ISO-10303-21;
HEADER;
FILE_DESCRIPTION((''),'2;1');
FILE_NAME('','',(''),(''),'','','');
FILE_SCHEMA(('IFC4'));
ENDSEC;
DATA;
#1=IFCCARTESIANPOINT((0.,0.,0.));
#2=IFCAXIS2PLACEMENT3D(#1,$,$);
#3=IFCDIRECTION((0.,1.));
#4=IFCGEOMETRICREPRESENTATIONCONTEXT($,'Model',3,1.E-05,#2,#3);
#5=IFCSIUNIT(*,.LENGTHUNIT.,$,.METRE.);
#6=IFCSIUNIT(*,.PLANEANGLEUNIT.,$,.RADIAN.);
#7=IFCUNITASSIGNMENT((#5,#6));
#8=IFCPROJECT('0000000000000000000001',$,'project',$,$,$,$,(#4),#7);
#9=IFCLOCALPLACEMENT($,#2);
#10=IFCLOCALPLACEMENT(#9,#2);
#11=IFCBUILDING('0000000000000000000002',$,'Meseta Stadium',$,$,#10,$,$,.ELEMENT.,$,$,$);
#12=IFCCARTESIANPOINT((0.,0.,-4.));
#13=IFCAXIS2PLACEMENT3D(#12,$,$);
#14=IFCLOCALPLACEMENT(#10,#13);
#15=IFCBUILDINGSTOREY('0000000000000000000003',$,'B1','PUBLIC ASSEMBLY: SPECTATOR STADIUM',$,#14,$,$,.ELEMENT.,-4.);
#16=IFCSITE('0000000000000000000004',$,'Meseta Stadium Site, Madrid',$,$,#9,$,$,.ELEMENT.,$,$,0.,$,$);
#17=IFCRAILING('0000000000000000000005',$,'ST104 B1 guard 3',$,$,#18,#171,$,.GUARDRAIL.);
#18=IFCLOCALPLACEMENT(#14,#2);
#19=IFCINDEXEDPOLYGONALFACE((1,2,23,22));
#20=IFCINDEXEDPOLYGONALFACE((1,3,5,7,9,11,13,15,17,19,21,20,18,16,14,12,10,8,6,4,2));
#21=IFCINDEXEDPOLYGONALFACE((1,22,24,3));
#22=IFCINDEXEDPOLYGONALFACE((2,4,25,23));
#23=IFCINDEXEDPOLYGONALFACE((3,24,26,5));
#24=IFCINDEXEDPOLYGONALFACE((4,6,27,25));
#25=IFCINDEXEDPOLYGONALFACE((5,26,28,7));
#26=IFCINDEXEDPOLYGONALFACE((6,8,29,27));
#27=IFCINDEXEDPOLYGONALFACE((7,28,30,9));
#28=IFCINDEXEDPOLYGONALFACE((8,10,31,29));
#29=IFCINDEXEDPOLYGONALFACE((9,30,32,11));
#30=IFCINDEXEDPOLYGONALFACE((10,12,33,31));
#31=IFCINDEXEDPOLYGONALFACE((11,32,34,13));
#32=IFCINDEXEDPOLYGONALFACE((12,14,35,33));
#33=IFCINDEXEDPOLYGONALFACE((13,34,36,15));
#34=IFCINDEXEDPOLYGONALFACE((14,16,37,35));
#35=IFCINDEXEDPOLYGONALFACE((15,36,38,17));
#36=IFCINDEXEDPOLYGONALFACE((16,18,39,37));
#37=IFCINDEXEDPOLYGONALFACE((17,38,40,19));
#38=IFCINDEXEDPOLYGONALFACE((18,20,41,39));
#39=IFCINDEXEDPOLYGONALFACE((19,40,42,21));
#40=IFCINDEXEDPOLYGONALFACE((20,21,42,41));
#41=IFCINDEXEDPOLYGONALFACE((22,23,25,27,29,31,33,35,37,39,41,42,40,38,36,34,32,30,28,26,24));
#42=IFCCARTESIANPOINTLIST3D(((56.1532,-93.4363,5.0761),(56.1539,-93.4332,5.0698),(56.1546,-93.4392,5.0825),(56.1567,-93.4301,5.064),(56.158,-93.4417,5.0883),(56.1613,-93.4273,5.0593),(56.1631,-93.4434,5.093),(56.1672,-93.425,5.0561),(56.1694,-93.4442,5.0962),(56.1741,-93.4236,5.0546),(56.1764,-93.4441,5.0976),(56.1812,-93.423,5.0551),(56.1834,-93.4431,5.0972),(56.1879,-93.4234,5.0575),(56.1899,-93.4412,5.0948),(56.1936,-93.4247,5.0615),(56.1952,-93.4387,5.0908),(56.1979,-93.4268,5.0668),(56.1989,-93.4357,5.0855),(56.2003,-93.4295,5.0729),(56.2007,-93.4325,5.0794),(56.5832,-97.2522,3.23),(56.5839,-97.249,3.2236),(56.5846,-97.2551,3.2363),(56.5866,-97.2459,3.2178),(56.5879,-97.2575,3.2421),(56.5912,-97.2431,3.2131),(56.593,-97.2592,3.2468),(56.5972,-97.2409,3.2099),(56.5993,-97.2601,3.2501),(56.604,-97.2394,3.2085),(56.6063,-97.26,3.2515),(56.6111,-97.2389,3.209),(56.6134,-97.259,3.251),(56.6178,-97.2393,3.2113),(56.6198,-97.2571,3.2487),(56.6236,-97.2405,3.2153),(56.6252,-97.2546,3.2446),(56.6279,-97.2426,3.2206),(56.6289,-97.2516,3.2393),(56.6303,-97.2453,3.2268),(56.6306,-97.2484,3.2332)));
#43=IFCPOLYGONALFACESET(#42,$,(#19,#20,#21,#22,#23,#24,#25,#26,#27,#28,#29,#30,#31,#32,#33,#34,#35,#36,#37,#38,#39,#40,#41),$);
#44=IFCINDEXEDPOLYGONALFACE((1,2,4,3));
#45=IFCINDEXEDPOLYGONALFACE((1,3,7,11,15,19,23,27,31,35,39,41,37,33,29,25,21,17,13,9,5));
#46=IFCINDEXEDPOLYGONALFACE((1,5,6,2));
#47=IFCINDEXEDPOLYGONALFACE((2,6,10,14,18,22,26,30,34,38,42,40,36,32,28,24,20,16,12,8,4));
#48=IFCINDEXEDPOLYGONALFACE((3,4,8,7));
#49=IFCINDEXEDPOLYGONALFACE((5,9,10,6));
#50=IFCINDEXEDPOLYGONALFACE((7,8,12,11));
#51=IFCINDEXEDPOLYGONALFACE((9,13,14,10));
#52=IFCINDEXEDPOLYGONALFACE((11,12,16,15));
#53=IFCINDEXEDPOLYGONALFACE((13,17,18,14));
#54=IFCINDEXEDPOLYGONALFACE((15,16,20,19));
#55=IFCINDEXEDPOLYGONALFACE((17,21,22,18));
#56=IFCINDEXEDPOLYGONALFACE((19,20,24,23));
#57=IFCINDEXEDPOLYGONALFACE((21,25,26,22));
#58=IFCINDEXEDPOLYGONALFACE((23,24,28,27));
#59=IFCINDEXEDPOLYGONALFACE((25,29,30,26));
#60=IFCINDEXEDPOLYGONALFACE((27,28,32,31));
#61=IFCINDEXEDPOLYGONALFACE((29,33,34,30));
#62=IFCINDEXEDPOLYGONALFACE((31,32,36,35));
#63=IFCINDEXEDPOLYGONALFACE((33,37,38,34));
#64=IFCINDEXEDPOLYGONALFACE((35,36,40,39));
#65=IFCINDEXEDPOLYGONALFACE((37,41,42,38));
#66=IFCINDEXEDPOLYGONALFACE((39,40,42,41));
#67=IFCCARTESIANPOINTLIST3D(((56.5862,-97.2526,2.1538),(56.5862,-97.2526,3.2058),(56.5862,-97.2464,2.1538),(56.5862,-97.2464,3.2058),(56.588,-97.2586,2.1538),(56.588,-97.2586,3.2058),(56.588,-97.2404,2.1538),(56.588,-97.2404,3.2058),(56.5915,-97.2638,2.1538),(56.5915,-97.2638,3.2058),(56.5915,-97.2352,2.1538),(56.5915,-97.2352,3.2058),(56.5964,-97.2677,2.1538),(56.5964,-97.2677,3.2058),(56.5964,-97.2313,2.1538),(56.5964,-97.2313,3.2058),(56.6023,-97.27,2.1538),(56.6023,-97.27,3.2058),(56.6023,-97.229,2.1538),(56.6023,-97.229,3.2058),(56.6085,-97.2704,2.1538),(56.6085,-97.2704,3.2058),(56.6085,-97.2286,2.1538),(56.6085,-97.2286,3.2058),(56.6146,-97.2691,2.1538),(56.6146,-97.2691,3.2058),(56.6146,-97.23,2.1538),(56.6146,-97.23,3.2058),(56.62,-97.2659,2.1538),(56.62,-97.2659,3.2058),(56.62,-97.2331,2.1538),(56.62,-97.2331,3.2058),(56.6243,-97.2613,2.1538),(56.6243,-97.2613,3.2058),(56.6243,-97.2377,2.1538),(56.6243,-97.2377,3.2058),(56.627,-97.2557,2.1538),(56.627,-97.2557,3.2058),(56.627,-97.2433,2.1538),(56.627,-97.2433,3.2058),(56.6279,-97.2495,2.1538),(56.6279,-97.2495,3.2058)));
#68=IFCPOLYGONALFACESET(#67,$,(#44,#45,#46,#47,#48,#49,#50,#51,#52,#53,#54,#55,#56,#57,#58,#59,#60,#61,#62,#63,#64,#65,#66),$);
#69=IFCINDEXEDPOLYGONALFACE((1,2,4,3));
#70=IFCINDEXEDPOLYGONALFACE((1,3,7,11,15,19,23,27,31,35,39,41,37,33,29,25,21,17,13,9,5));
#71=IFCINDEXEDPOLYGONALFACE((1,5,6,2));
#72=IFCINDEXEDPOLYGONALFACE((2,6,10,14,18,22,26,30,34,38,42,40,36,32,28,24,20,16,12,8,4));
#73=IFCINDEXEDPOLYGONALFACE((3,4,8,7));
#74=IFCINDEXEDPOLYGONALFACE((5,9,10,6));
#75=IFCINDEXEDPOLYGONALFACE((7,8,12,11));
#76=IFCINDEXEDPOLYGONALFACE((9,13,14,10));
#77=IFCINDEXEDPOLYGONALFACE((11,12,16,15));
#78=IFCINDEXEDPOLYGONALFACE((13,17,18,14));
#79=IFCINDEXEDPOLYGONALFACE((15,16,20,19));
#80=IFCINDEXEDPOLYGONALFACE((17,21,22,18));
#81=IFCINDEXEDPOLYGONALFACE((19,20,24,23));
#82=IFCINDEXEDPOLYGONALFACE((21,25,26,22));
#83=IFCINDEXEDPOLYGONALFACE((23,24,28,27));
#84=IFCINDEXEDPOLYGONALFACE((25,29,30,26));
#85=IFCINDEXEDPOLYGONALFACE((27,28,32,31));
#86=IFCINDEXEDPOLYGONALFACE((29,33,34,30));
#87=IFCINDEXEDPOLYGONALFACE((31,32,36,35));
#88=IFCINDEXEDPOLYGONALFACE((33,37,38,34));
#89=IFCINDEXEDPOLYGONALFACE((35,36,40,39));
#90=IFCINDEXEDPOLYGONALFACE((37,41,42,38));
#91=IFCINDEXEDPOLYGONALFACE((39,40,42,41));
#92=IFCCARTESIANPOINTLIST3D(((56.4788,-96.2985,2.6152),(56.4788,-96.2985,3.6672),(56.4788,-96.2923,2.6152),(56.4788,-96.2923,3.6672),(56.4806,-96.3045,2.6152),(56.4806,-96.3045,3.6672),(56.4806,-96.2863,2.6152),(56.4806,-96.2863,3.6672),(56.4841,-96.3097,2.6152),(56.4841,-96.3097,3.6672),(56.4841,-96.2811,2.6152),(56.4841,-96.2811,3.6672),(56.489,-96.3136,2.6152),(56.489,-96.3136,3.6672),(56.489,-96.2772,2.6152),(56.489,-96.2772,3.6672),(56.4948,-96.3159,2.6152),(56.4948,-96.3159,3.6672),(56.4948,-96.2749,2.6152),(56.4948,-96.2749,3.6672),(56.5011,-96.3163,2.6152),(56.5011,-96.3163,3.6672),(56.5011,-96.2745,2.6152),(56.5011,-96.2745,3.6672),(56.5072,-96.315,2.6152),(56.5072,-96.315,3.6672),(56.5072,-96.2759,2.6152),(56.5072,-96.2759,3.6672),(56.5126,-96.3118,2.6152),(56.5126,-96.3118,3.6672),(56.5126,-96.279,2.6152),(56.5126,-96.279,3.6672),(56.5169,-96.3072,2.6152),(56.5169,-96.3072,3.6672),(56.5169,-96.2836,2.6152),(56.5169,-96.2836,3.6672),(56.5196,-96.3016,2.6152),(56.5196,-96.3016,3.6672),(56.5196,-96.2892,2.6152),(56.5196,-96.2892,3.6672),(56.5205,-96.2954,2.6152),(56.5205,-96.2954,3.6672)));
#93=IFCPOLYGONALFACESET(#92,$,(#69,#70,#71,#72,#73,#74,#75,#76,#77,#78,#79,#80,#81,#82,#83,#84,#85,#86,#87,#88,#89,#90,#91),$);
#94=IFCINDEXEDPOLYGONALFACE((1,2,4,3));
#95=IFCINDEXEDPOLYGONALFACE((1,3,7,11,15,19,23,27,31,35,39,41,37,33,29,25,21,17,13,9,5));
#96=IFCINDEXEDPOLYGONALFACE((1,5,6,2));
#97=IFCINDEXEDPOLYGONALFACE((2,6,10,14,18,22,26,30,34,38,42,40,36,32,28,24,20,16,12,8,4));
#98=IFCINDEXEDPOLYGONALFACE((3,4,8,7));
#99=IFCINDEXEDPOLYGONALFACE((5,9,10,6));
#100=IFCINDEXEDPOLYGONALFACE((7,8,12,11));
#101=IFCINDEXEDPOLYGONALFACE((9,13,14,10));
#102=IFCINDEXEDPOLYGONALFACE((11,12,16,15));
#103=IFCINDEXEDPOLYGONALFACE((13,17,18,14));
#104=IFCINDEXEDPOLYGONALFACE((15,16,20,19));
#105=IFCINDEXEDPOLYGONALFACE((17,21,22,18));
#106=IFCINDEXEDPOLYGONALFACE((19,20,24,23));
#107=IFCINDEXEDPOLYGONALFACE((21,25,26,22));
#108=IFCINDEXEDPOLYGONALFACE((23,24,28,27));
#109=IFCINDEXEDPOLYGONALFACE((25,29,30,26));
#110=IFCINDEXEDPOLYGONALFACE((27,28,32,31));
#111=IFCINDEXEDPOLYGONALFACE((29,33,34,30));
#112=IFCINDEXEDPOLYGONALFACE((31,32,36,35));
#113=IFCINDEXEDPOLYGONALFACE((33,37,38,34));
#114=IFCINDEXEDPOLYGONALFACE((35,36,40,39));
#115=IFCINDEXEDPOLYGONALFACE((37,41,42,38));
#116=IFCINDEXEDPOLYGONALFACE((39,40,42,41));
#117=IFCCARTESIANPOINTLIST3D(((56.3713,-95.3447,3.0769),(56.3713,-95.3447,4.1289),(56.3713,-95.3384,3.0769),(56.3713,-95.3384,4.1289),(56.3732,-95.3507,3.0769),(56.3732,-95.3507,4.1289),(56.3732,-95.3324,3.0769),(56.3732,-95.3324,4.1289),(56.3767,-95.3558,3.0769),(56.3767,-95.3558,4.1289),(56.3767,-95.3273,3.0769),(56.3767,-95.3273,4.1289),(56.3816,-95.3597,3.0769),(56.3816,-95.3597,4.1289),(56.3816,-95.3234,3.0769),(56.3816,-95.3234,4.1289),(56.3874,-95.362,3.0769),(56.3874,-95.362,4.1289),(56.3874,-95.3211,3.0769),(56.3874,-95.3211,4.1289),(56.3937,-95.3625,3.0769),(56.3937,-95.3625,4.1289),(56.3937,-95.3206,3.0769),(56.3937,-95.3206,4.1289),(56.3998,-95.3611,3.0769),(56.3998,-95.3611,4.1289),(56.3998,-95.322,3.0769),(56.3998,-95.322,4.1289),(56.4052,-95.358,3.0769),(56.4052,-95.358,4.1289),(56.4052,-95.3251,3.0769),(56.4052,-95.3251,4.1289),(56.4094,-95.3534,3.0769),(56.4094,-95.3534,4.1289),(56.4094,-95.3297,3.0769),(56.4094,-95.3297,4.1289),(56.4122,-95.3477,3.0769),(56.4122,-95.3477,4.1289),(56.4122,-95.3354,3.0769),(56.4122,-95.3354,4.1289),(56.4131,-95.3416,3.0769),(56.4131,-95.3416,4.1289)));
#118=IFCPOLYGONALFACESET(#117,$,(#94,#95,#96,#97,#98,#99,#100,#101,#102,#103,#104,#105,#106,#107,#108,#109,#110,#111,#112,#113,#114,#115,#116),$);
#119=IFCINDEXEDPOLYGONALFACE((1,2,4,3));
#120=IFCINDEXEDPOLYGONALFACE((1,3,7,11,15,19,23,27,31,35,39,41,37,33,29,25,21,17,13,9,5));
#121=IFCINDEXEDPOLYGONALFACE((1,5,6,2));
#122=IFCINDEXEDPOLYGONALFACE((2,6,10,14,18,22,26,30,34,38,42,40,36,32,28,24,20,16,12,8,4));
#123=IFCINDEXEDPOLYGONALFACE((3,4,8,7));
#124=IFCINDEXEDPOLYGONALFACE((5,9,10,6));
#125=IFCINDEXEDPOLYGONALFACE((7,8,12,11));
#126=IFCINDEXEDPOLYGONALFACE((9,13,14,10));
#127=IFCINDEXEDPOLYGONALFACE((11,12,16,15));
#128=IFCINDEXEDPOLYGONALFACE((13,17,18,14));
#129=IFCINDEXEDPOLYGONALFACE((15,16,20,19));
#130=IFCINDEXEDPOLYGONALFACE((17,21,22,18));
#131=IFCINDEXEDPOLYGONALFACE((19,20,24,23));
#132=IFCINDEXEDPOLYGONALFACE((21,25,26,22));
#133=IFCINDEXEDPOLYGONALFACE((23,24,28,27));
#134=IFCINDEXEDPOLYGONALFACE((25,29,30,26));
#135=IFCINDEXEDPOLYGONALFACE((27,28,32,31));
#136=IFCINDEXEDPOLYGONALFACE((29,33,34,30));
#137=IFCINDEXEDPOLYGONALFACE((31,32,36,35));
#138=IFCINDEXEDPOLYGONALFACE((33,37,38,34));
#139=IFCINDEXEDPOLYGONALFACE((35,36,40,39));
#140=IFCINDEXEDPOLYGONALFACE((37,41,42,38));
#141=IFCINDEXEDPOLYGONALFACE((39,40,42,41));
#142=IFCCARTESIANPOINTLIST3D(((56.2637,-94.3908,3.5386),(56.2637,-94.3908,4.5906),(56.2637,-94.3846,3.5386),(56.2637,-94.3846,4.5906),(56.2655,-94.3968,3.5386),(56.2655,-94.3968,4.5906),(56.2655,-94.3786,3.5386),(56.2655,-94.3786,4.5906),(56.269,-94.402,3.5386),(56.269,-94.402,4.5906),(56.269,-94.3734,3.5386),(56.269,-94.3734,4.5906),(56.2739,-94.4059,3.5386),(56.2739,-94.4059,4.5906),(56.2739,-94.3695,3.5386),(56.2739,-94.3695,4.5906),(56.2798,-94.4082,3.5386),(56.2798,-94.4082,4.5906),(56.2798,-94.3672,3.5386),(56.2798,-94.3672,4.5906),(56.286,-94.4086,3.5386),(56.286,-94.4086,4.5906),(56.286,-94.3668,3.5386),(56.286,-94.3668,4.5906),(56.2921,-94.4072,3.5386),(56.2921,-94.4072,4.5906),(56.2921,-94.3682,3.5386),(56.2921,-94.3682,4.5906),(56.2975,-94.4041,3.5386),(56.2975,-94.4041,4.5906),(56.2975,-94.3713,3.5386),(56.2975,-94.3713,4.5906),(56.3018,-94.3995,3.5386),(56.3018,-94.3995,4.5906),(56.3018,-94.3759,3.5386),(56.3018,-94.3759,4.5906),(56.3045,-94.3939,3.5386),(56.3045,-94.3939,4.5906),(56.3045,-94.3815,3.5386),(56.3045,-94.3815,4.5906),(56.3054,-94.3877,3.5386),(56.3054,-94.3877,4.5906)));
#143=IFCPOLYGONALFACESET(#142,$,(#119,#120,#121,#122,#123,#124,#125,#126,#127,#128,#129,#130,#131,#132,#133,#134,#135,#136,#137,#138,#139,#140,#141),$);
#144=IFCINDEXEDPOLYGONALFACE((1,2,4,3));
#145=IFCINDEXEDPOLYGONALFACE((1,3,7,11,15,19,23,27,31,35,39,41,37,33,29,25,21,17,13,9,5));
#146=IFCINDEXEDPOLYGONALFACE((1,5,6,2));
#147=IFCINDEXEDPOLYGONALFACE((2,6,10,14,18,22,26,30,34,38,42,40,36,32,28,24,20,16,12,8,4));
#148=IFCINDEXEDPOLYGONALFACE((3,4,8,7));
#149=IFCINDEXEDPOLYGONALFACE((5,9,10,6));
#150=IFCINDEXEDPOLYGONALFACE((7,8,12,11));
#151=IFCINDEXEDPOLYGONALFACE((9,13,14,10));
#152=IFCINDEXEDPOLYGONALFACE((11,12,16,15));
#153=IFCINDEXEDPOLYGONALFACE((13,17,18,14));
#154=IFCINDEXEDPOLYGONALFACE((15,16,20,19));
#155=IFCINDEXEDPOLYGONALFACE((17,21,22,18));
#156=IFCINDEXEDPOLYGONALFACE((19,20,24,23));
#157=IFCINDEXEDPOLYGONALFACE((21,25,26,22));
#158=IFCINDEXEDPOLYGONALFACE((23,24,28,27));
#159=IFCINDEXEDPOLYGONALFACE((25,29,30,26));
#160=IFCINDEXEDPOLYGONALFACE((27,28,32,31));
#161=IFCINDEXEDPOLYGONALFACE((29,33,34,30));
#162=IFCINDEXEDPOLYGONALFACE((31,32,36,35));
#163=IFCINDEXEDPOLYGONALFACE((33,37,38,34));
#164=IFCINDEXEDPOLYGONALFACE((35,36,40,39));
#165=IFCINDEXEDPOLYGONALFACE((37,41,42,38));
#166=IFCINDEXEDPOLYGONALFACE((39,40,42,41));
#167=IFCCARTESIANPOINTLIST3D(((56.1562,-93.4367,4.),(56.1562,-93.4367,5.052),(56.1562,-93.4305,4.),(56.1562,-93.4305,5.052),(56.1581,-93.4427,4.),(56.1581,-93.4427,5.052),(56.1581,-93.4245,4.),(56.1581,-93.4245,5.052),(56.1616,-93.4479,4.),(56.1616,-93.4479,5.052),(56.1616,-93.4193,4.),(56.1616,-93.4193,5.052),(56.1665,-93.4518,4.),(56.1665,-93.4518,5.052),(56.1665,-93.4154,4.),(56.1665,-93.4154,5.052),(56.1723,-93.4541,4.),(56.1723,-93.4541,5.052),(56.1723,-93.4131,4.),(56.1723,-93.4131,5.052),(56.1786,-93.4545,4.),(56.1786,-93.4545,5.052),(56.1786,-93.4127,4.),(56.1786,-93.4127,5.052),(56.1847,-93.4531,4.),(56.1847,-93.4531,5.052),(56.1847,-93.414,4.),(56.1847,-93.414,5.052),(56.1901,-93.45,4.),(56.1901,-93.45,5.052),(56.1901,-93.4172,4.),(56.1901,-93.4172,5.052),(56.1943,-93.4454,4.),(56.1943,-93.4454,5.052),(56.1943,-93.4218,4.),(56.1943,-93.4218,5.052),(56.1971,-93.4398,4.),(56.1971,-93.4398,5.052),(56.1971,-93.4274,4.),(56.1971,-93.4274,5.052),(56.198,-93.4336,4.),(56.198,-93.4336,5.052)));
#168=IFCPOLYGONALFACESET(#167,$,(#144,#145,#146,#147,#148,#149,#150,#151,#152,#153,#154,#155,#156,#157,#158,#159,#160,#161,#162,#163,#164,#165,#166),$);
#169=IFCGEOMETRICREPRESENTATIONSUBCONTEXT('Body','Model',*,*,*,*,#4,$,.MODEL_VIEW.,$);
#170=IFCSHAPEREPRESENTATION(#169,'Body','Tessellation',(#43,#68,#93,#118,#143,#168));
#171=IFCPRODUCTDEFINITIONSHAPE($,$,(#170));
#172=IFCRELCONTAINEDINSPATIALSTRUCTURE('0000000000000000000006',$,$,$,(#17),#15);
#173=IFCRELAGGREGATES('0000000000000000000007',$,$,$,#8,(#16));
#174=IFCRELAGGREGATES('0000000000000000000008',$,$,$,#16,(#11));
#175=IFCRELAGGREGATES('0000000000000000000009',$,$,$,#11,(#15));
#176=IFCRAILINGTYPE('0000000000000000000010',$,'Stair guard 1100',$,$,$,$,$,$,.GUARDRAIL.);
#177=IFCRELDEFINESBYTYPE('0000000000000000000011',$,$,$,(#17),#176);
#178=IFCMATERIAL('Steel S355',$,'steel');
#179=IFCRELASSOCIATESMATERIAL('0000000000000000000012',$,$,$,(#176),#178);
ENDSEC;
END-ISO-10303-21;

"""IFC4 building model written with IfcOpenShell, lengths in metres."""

from ifc_helpers import new_model, si_unit, direction, frame, origin, origin_2d, place, context, subcontext, project, spatial, circle, extrude, material, type_object, element, save


model = new_model("IFC4")

# Units and contexts
model_context = context("Model", 3, precision=1e-05, world=origin(), true_north=direction((0.0, 1.0)))
body_context = subcontext(model_context, "Body", "Model", "MODEL_VIEW")
ifc_project = project(units=[si_unit("LENGTHUNIT", "METRE"), si_unit("PLANEANGLEUNIT", "RADIAN")], contexts=[model_context])

# Site, building, storey
site_placement = place(None, origin())
site = spatial("IfcSite", under=ifc_project, at=site_placement, Name="Meseta Stadium Site, Madrid", CompositionType="ELEMENT", RefElevation=0.0)
building_placement = place(site_placement, origin())
building = spatial("IfcBuilding", under=site, at=building_placement, Name="Meseta Stadium", CompositionType="ELEMENT")
storey_placement = place(building_placement, frame((0.0, 0.0, -4.0)))
storey = spatial("IfcBuildingStorey", under=building, at=storey_placement, Name="B1", Description="PUBLIC ASSEMBLY: SPECTATOR STADIUM", CompositionType="ELEMENT", Elevation=-4.0)

# Railing
ifc_material_1 = material(Name="Steel S355", Category="steel")
railing_type_1 = type_object("IfcRailingType", Name="Stair guard 1100", PredefinedType="GUARDRAIL", material=ifc_material_1)
railing_1_placement = place(storey_placement, frame((56.6069, -97.2495, 2.1538)))
element("IfcRailing", 1, at=railing_1_placement, inside=storey, type_object=railing_type_1, Name="ST104 B1 guard 3", PredefinedType="GUARDRAIL", context=body_context, shape_type="SweptSolid", body=[
    extrude(circle(Radius=0.0239, at=origin_2d()), frame((0.0, 0.0, 1.0762), z_axis=(-0.100904, 0.895585, 0.433296), x_axis=(-0.993713, -0.11196, 0.0)), (0.0, 0.0, 1.0), 4.2607),
    extrude(circle(Radius=0.021, at=origin_2d()), origin(), (0.0, 0.0, 1.0), 1.052),
    extrude(circle(Radius=0.021, at=origin_2d()), frame((-0.1074, 0.9541, 0.4614)), (0.0, 0.0, 1.0), 1.052),
    extrude(circle(Radius=0.021, at=origin_2d()), frame((-0.2148, 1.908, 0.9231)), (0.0, 0.0, 1.0), 1.052),
    extrude(circle(Radius=0.021, at=origin_2d()), frame((-0.3225, 2.8618, 1.3848)), (0.0, 0.0, 1.0), 1.052),
    extrude(circle(Radius=0.021, at=origin_2d()), frame((-0.4299, 3.8159, 1.8462)), (0.0, 0.0, 1.0), 1.052),
])

save(model, "model.ifc")
